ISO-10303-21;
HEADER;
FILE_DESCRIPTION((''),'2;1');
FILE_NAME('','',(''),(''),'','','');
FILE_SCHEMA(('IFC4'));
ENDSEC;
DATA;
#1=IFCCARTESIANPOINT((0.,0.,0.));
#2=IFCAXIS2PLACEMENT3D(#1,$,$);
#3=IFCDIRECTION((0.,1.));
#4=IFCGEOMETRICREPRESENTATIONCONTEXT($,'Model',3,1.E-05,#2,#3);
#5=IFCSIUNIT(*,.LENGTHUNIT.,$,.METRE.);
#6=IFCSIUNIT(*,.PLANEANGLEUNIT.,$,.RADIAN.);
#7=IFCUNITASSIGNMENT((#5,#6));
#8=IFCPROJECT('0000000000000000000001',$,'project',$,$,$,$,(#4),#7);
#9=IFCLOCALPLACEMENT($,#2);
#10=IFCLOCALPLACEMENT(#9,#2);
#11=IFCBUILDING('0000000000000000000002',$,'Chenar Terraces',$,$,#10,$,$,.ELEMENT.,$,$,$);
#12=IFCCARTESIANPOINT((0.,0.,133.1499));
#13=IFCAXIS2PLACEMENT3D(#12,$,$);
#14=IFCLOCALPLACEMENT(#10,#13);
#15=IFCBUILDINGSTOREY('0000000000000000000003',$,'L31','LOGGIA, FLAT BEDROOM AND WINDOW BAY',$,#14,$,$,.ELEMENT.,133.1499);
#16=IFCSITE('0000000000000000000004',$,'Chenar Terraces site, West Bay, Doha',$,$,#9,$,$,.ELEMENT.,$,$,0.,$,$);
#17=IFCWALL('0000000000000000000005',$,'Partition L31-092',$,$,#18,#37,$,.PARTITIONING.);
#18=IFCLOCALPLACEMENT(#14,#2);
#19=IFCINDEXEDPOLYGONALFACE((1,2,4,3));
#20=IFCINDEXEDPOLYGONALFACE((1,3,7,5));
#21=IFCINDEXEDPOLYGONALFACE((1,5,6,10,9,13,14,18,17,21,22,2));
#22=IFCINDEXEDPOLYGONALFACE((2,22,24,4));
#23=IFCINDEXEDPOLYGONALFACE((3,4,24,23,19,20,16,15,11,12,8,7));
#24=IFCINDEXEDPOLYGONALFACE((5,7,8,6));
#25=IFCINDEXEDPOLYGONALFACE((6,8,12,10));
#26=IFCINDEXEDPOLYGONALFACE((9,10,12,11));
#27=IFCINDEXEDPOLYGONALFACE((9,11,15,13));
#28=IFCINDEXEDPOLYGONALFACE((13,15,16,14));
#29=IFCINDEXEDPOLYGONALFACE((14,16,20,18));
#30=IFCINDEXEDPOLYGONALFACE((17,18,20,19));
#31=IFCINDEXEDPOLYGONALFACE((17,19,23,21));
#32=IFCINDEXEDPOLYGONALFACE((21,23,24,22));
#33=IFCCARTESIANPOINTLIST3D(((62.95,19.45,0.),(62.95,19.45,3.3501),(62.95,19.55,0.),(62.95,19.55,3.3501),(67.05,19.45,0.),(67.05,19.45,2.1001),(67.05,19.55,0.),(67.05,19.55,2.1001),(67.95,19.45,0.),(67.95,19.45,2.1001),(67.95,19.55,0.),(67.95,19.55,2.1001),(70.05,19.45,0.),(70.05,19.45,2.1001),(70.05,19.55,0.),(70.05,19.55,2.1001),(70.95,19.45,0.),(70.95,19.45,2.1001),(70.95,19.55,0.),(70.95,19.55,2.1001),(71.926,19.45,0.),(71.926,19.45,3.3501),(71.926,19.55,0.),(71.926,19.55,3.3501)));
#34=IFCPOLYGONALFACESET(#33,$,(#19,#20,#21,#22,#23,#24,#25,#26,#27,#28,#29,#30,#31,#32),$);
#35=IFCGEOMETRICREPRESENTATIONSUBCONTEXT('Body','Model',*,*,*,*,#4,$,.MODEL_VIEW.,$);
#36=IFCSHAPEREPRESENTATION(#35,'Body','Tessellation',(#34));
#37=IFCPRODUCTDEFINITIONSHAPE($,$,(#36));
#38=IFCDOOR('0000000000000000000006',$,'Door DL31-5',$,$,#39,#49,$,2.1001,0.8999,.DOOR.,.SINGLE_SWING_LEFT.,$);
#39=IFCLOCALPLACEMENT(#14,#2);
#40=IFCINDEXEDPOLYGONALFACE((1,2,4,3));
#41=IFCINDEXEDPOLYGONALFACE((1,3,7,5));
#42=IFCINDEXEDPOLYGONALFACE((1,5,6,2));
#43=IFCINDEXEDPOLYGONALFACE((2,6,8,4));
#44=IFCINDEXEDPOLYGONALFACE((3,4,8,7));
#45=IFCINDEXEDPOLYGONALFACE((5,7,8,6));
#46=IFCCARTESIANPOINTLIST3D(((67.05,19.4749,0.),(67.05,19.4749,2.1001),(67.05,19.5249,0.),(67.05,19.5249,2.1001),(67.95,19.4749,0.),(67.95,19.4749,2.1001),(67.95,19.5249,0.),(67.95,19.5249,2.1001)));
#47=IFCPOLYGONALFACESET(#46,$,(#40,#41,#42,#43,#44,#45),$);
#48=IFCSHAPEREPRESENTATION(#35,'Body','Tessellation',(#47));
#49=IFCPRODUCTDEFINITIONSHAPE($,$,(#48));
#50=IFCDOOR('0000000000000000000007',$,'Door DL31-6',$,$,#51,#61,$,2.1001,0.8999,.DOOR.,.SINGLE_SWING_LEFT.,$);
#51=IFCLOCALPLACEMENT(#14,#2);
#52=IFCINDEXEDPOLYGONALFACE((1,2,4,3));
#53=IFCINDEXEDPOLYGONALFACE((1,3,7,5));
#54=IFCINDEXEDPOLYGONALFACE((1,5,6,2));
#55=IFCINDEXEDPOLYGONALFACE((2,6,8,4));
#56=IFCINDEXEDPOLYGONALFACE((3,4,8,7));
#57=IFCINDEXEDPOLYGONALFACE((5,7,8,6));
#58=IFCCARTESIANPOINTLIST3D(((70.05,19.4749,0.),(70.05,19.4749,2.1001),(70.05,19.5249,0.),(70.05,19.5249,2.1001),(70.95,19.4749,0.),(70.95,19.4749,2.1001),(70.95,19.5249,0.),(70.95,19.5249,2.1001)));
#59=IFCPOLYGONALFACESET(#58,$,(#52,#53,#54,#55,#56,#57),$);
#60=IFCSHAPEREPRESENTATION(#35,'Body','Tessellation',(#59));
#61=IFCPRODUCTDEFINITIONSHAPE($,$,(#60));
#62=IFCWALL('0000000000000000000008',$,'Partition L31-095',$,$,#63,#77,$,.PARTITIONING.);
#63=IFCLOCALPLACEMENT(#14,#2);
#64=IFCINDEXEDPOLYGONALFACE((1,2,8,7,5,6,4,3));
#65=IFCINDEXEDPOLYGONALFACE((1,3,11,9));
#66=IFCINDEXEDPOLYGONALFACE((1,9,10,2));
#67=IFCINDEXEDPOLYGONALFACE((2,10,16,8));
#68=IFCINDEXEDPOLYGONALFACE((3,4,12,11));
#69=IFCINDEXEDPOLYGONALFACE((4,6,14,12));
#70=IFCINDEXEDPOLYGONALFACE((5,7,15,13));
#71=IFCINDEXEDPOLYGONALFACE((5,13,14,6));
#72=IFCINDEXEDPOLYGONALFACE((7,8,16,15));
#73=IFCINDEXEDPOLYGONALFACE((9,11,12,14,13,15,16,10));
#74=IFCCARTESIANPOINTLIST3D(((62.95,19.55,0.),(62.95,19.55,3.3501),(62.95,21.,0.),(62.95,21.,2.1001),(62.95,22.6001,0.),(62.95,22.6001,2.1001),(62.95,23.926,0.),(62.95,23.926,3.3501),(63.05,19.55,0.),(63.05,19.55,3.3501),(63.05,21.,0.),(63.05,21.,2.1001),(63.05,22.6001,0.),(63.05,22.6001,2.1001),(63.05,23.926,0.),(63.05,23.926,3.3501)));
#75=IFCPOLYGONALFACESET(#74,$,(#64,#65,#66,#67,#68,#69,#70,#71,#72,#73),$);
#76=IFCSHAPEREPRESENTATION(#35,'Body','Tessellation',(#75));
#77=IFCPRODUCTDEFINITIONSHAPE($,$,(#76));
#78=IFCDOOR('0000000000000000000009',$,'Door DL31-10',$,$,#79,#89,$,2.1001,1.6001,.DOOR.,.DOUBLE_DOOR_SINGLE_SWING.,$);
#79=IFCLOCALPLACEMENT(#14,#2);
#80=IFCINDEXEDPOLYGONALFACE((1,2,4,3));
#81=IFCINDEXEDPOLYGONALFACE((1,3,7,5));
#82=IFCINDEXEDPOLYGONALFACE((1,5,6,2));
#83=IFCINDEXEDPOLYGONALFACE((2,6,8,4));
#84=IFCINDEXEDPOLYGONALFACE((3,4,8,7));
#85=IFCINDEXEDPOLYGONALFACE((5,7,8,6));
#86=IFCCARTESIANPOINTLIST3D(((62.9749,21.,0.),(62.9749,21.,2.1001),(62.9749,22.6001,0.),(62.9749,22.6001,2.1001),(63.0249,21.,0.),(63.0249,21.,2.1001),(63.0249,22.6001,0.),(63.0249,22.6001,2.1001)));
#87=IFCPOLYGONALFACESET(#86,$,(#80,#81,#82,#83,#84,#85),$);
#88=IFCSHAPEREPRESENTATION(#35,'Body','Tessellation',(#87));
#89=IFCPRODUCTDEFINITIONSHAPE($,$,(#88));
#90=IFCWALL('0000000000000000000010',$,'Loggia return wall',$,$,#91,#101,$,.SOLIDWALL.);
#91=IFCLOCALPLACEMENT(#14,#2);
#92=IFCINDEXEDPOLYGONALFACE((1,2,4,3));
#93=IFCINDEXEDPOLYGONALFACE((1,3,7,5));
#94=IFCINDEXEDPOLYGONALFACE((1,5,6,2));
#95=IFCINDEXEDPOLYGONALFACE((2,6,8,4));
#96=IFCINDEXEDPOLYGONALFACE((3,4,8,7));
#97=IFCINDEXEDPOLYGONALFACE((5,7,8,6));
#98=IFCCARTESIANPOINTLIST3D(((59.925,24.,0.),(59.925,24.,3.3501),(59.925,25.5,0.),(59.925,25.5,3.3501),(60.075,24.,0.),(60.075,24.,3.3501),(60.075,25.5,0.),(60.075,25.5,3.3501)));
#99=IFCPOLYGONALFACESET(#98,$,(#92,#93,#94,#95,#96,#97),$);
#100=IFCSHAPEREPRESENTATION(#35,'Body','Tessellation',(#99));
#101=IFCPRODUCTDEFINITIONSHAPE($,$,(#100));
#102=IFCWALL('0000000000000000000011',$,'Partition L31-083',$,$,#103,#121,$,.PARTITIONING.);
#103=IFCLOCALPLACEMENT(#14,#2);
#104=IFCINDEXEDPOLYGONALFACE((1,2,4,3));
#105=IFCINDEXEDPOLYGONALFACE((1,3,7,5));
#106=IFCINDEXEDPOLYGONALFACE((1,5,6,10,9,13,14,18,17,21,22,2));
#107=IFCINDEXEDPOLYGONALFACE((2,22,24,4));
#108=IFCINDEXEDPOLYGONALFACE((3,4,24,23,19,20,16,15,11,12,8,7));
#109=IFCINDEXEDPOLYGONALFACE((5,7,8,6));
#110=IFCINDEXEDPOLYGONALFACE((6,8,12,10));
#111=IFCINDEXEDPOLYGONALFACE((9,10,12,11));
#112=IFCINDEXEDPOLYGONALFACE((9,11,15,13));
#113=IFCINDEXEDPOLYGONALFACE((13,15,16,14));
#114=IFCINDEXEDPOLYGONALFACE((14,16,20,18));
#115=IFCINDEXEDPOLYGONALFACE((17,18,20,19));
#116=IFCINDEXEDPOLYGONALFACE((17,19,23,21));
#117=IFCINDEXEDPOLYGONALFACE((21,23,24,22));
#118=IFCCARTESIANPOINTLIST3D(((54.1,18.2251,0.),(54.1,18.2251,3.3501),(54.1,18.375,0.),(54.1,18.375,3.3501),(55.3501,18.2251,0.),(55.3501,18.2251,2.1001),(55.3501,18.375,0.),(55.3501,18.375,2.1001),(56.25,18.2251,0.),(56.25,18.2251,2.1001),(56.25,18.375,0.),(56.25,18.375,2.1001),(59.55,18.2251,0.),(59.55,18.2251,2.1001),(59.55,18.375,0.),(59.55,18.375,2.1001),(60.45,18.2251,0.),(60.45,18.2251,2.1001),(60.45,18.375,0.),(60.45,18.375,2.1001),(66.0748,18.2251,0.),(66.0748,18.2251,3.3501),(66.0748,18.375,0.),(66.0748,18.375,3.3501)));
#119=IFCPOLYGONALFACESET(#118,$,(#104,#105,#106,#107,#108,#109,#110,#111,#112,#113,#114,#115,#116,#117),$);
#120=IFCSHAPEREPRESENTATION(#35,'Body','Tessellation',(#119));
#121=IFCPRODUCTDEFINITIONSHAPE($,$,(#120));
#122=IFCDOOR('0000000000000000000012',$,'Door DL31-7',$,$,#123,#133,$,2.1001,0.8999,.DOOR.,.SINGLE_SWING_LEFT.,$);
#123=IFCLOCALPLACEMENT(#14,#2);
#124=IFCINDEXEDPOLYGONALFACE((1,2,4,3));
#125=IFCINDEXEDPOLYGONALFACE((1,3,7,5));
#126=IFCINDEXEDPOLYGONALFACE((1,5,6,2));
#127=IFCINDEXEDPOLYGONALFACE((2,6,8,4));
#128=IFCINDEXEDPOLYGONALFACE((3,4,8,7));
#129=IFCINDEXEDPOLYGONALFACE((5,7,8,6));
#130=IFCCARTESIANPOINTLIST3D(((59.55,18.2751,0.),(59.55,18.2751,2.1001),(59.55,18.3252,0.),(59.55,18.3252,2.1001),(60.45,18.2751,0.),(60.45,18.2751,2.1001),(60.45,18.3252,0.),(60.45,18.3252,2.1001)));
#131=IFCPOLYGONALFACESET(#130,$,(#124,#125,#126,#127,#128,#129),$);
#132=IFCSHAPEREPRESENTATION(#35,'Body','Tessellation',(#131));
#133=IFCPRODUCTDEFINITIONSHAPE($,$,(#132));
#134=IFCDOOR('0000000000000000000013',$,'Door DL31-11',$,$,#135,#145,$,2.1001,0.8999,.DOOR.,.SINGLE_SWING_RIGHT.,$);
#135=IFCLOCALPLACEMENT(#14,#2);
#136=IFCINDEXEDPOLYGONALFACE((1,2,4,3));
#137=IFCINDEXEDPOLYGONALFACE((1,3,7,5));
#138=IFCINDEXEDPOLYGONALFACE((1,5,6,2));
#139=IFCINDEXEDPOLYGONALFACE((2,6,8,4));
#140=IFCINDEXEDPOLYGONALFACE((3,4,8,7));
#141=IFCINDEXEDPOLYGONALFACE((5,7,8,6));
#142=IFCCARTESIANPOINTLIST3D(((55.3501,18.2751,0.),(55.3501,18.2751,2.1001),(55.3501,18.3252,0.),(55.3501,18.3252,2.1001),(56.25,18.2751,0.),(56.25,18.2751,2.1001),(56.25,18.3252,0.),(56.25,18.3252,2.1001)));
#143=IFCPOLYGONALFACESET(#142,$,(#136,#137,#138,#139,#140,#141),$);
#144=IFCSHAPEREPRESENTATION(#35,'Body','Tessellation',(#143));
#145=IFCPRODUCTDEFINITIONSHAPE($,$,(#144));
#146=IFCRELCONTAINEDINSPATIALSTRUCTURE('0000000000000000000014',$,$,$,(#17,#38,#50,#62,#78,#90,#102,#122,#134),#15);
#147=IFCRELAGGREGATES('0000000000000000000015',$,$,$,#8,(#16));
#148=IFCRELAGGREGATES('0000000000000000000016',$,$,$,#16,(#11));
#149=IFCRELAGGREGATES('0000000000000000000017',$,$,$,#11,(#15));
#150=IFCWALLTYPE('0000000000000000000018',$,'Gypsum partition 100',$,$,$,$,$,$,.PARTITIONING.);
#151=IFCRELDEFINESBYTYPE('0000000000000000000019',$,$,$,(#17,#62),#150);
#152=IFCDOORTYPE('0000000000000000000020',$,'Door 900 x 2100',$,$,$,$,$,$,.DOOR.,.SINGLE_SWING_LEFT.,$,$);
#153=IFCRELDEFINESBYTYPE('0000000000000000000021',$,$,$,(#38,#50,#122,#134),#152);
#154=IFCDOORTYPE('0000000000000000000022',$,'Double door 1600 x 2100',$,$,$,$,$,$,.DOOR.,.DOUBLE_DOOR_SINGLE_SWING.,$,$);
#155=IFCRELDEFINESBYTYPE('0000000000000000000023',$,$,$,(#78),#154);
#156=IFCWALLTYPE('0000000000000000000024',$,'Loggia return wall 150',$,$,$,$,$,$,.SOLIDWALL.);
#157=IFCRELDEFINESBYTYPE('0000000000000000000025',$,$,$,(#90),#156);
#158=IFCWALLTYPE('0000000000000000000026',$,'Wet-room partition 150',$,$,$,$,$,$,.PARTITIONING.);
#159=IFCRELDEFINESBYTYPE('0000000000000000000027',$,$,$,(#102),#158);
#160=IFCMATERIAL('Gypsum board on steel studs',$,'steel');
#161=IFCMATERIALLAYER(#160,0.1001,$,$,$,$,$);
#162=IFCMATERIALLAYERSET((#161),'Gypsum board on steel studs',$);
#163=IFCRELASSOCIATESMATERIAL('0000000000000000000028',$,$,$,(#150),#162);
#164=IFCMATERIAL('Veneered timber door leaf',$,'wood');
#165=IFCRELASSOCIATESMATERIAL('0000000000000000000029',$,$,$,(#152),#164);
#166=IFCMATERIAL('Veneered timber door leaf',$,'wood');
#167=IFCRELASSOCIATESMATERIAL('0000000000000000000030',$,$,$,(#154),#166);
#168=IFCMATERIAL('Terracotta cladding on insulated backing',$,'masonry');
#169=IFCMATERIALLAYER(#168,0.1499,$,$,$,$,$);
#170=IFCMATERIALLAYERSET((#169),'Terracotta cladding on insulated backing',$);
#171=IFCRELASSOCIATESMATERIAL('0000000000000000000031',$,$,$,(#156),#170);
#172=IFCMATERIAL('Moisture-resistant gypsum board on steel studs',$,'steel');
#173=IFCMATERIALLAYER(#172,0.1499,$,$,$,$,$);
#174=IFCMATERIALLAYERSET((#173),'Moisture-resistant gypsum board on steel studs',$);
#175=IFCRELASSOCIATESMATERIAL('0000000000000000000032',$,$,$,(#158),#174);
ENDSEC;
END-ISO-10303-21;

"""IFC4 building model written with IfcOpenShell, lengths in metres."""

from ifc_helpers import new_model, si_unit, direction, frame, frame_2d, origin, place, context, subcontext, project, spatial, rectangle, extrude, material, layer, layer_set, type_object, element, fill, save


model = new_model("IFC4")

# Units and contexts
model_context = context("Model", 3, precision=1e-05, world=origin(), true_north=direction((0.0, 1.0)))
body_context = subcontext(model_context, "Body", "Model", "MODEL_VIEW")
ifc_project = project(units=[si_unit("LENGTHUNIT", "METRE"), si_unit("PLANEANGLEUNIT", "RADIAN")], contexts=[model_context])

# Site, building, storey
site_placement = place(None, origin())
site = spatial("IfcSite", under=ifc_project, at=site_placement, Name="Chenar Terraces site, West Bay, Doha", CompositionType="ELEMENT", RefElevation=0.0)
building_placement = place(site_placement, origin())
building = spatial("IfcBuilding", under=site, at=building_placement, Name="Chenar Terraces", CompositionType="ELEMENT")
storey_placement = place(building_placement, frame((0.0, 0.0, 133.1499)))
storey = spatial("IfcBuildingStorey", under=building, at=storey_placement, Name="L31", Description="LOGGIA, FLAT BEDROOM AND WINDOW BAY", CompositionType="ELEMENT", Elevation=133.1499)

# Shared definitions
ifc_material_1 = material(Name="Gypsum board on steel studs", Category="steel")
ifc_layer_1 = layer(ifc_material_1, 0.1001)
ifc_layer_set_1 = layer_set([ifc_layer_1], Name="Gypsum board on steel studs")
wall_type_1 = type_object("IfcWallType", Name="Gypsum partition 100", PredefinedType="PARTITIONING", material=ifc_layer_set_1)
ifc_material_2 = material(Name="Veneered timber door leaf", Category="wood")
door_type_1 = type_object("IfcDoorType", Name="Door 900 x 2100", OperationType="SINGLE_SWING_LEFT", PredefinedType="DOOR", material=ifc_material_2)

# Wall, openings, doors
wall_1_placement = place(storey_placement, frame((62.95, 19.5, 0.0), z_axis=(0.0, 0.0, 1.0), x_axis=(1.0, 0.0, 0.0)))
wall_1 = element("IfcWall", 1, at=wall_1_placement, inside=storey, type_object=wall_type_1, Name="Partition L31-092", PredefinedType="PARTITIONING", context=body_context, shape_type="SweptSolid", body=[
    extrude(rectangle(XDim=8.9761, YDim=0.1001, at=frame_2d((4.488, 0.0))), origin(), (0.0, 0.0, 1.0), 3.3501),
])
opening_1_placement = place(wall_1_placement, frame((4.1001, 0.0, 0.0)))
opening_1 = element("IfcOpeningElement", 2, at=opening_1_placement, cuts=wall_1, PredefinedType="OPENING", context=body_context, shape_type="SweptSolid", body=[
    extrude(rectangle(XDim=0.8999, YDim=2.1001, at=frame_2d((0.45, 1.05))), frame((0.0, 0.0601, 0.0), z_axis=(0.0, -1.0, 0.0), x_axis=(1.0, 0.0, 0.0)), (0.0, 0.0, 1.0), 0.1201),
])
opening_2_placement = place(wall_1_placement, frame((7.1001, 0.0, 0.0)))
opening_2 = element("IfcOpeningElement", 3, at=opening_2_placement, cuts=wall_1, PredefinedType="OPENING", context=body_context, shape_type="SweptSolid", body=[
    extrude(rectangle(XDim=0.8999, YDim=2.1001, at=frame_2d((0.45, 1.05))), frame((0.0, 0.0601, 0.0), z_axis=(0.0, -1.0, 0.0), x_axis=(1.0, 0.0, 0.0)), (0.0, 0.0, 1.0), 0.1201),
])
door_1_placement = place(opening_1_placement, origin())
door_1 = element("IfcDoor", 4, at=door_1_placement, inside=storey, type_object=door_type_1, Name="Door DL31-5", OperationType="SINGLE_SWING_LEFT", OverallHeight=2.1001, OverallWidth=0.8999, PredefinedType="DOOR", context=body_context, shape_type="SweptSolid", body=[
    extrude(rectangle(XDim=0.8999, YDim=2.1001, at=frame_2d((0.45, 1.05))), frame((0.0, 0.0249, 0.0), z_axis=(0.0, -1.0, 0.0), x_axis=(1.0, 0.0, 0.0)), (0.0, 0.0, 1.0), 0.05),
])
fill(opening_1, door_1)
door_2_placement = place(opening_2_placement, origin())
door_2 = element("IfcDoor", 5, at=door_2_placement, inside=storey, type_object=door_type_1, Name="Door DL31-6", OperationType="SINGLE_SWING_LEFT", OverallHeight=2.1001, OverallWidth=0.8999, PredefinedType="DOOR", context=body_context, shape_type="SweptSolid", body=[
    extrude(rectangle(XDim=0.8999, YDim=2.1001, at=frame_2d((0.45, 1.05))), frame((0.0, 0.0249, 0.0), z_axis=(0.0, -1.0, 0.0), x_axis=(1.0, 0.0, 0.0)), (0.0, 0.0, 1.0), 0.05),
])
fill(opening_2, door_2)

# Wall, opening, door
wall_2_placement = place(storey_placement, frame((63.0, 19.55, 0.0), z_axis=(0.0, 0.0, 1.0), x_axis=(0.0, 1.0, 0.0)))
wall_2 = element("IfcWall", 6, at=wall_2_placement, inside=storey, type_object=wall_type_1, Name="Partition L31-095", PredefinedType="PARTITIONING", context=body_context, shape_type="SweptSolid", body=[
    extrude(rectangle(XDim=4.376, YDim=0.1001, at=frame_2d((2.188, 0.0))), origin(), (0.0, 0.0, 1.0), 3.3501),
])
opening_3_placement = place(wall_2_placement, frame((1.45, 0.0, 0.0)))
opening_3 = element("IfcOpeningElement", 7, at=opening_3_placement, cuts=wall_2, PredefinedType="OPENING", context=body_context, shape_type="SweptSolid", body=[
    extrude(rectangle(XDim=1.6001, YDim=2.1001, at=frame_2d((0.8, 1.05))), frame((0.0, 0.0601, 0.0), z_axis=(0.0, -1.0, 0.0), x_axis=(1.0, 0.0, 0.0)), (0.0, 0.0, 1.0), 0.1201),
])
ifc_material_3 = material(Name="Veneered timber door leaf", Category="wood")
door_type_2 = type_object("IfcDoorType", Name="Double door 1600 x 2100", OperationType="DOUBLE_DOOR_SINGLE_SWING", PredefinedType="DOOR", material=ifc_material_3)
door_3_placement = place(opening_3_placement, frame((1.6001, 0.0, 0.0), z_axis=(0.0, 0.0, 1.0), x_axis=(-1.0, 0.0, 0.0)))
door_3 = element("IfcDoor", 8, at=door_3_placement, inside=storey, type_object=door_type_2, Name="Door DL31-10", OperationType="DOUBLE_DOOR_SINGLE_SWING", OverallHeight=2.1001, OverallWidth=1.6001, PredefinedType="DOOR", context=body_context, shape_type="SweptSolid", body=[
    extrude(rectangle(XDim=1.6001, YDim=2.1001, at=frame_2d((0.8, 1.05))), frame((0.0, 0.0249, 0.0), z_axis=(0.0, -1.0, 0.0), x_axis=(1.0, 0.0, 0.0)), (0.0, 0.0, 1.0), 0.05),
])
fill(opening_3, door_3)

# Wall
ifc_material_4 = material(Name="Terracotta cladding on insulated backing", Category="masonry")
ifc_layer_2 = layer(ifc_material_4, 0.1499)
ifc_layer_set_2 = layer_set([ifc_layer_2], Name="Terracotta cladding on insulated backing")
wall_type_2 = type_object("IfcWallType", Name="Loggia return wall 150", PredefinedType="SOLIDWALL", material=ifc_layer_set_2)
wall_3_placement = place(storey_placement, frame((60.0, 25.5, 0.0), z_axis=(0.0, 0.0, 1.0), x_axis=(0.0, -1.0, 0.0)))
element("IfcWall", 9, at=wall_3_placement, inside=storey, type_object=wall_type_2, Name="Loggia return wall", PredefinedType="SOLIDWALL", context=body_context, shape_type="SweptSolid", body=[
    extrude(rectangle(XDim=1.5, YDim=0.1499, at=frame_2d((0.75, 0.0))), origin(), (0.0, 0.0, 1.0), 3.3501),
])

# Wall, openings, doors
ifc_material_5 = material(Name="Moisture-resistant gypsum board on steel studs", Category="steel")
ifc_layer_3 = layer(ifc_material_5, 0.1499)
ifc_layer_set_3 = layer_set([ifc_layer_3], Name="Moisture-resistant gypsum board on steel studs")
wall_type_3 = type_object("IfcWallType", Name="Wet-room partition 150", PredefinedType="PARTITIONING", material=ifc_layer_set_3)
wall_4_placement = place(storey_placement, frame((54.1001, 18.3, 0.0), z_axis=(0.0, 0.0, 1.0), x_axis=(1.0, 0.0, 0.0)))
wall_4 = element("IfcWall", 10, at=wall_4_placement, inside=storey, type_object=wall_type_3, Name="Partition L31-083", PredefinedType="PARTITIONING", context=body_context, shape_type="SweptSolid", body=[
    extrude(rectangle(XDim=11.9749, YDim=0.1499, at=frame_2d((5.9873, 0.0))), origin(), (0.0, 0.0, 1.0), 3.3501),
])
opening_4_placement = place(wall_4_placement, frame((5.45, 0.0, 0.0)))
opening_4 = element("IfcOpeningElement", 11, at=opening_4_placement, cuts=wall_4, PredefinedType="OPENING", context=body_context, shape_type="SweptSolid", body=[
    extrude(rectangle(XDim=0.8999, YDim=2.1001, at=frame_2d((0.45, 1.05))), frame((0.0, 0.085, 0.0), z_axis=(0.0, -1.0, 0.0), x_axis=(1.0, 0.0, 0.0)), (0.0, 0.0, 1.0), 0.1699),
])
opening_5_placement = place(wall_4_placement, frame((1.25, 0.0, 0.0)))
opening_5 = element("IfcOpeningElement", 12, at=opening_5_placement, cuts=wall_4, PredefinedType="OPENING", context=body_context, shape_type="SweptSolid", body=[
    extrude(rectangle(XDim=0.8999, YDim=2.1001, at=frame_2d((0.45, 1.05))), frame((0.0, 0.085, 0.0), z_axis=(0.0, -1.0, 0.0), x_axis=(1.0, 0.0, 0.0)), (0.0, 0.0, 1.0), 0.1699),
])
door_4_placement = place(opening_4_placement, frame((0.8999, 0.0, 0.0), z_axis=(0.0, 0.0, 1.0), x_axis=(-1.0, 0.0, 0.0)))
door_4 = element("IfcDoor", 13, at=door_4_placement, inside=storey, type_object=door_type_1, Name="Door DL31-7", OperationType="SINGLE_SWING_LEFT", OverallHeight=2.1001, OverallWidth=0.8999, PredefinedType="DOOR", context=body_context, shape_type="SweptSolid", body=[
    extrude(rectangle(XDim=0.8999, YDim=2.1001, at=frame_2d((0.45, 1.05))), frame((0.0, 0.0249, 0.0), z_axis=(0.0, -1.0, 0.0), x_axis=(1.0, 0.0, 0.0)), (0.0, 0.0, 1.0), 0.05),
])
fill(opening_4, door_4)
door_5_placement = place(opening_5_placement, frame((0.8999, 0.0, 0.0), z_axis=(0.0, 0.0, 1.0), x_axis=(-1.0, 0.0, 0.0)))
door_5 = element("IfcDoor", 14, at=door_5_placement, inside=storey, type_object=door_type_1, Name="Door DL31-11", OperationType="SINGLE_SWING_RIGHT", OverallHeight=2.1001, OverallWidth=0.8999, PredefinedType="DOOR", context=body_context, shape_type="SweptSolid", body=[
    extrude(rectangle(XDim=0.8999, YDim=2.1001, at=frame_2d((0.45, 1.05))), frame((0.0, 0.0249, 0.0), z_axis=(0.0, -1.0, 0.0), x_axis=(1.0, 0.0, 0.0)), (0.0, 0.0, 1.0), 0.05),
])
fill(opening_5, door_5)

save(model, "model.ifc")
